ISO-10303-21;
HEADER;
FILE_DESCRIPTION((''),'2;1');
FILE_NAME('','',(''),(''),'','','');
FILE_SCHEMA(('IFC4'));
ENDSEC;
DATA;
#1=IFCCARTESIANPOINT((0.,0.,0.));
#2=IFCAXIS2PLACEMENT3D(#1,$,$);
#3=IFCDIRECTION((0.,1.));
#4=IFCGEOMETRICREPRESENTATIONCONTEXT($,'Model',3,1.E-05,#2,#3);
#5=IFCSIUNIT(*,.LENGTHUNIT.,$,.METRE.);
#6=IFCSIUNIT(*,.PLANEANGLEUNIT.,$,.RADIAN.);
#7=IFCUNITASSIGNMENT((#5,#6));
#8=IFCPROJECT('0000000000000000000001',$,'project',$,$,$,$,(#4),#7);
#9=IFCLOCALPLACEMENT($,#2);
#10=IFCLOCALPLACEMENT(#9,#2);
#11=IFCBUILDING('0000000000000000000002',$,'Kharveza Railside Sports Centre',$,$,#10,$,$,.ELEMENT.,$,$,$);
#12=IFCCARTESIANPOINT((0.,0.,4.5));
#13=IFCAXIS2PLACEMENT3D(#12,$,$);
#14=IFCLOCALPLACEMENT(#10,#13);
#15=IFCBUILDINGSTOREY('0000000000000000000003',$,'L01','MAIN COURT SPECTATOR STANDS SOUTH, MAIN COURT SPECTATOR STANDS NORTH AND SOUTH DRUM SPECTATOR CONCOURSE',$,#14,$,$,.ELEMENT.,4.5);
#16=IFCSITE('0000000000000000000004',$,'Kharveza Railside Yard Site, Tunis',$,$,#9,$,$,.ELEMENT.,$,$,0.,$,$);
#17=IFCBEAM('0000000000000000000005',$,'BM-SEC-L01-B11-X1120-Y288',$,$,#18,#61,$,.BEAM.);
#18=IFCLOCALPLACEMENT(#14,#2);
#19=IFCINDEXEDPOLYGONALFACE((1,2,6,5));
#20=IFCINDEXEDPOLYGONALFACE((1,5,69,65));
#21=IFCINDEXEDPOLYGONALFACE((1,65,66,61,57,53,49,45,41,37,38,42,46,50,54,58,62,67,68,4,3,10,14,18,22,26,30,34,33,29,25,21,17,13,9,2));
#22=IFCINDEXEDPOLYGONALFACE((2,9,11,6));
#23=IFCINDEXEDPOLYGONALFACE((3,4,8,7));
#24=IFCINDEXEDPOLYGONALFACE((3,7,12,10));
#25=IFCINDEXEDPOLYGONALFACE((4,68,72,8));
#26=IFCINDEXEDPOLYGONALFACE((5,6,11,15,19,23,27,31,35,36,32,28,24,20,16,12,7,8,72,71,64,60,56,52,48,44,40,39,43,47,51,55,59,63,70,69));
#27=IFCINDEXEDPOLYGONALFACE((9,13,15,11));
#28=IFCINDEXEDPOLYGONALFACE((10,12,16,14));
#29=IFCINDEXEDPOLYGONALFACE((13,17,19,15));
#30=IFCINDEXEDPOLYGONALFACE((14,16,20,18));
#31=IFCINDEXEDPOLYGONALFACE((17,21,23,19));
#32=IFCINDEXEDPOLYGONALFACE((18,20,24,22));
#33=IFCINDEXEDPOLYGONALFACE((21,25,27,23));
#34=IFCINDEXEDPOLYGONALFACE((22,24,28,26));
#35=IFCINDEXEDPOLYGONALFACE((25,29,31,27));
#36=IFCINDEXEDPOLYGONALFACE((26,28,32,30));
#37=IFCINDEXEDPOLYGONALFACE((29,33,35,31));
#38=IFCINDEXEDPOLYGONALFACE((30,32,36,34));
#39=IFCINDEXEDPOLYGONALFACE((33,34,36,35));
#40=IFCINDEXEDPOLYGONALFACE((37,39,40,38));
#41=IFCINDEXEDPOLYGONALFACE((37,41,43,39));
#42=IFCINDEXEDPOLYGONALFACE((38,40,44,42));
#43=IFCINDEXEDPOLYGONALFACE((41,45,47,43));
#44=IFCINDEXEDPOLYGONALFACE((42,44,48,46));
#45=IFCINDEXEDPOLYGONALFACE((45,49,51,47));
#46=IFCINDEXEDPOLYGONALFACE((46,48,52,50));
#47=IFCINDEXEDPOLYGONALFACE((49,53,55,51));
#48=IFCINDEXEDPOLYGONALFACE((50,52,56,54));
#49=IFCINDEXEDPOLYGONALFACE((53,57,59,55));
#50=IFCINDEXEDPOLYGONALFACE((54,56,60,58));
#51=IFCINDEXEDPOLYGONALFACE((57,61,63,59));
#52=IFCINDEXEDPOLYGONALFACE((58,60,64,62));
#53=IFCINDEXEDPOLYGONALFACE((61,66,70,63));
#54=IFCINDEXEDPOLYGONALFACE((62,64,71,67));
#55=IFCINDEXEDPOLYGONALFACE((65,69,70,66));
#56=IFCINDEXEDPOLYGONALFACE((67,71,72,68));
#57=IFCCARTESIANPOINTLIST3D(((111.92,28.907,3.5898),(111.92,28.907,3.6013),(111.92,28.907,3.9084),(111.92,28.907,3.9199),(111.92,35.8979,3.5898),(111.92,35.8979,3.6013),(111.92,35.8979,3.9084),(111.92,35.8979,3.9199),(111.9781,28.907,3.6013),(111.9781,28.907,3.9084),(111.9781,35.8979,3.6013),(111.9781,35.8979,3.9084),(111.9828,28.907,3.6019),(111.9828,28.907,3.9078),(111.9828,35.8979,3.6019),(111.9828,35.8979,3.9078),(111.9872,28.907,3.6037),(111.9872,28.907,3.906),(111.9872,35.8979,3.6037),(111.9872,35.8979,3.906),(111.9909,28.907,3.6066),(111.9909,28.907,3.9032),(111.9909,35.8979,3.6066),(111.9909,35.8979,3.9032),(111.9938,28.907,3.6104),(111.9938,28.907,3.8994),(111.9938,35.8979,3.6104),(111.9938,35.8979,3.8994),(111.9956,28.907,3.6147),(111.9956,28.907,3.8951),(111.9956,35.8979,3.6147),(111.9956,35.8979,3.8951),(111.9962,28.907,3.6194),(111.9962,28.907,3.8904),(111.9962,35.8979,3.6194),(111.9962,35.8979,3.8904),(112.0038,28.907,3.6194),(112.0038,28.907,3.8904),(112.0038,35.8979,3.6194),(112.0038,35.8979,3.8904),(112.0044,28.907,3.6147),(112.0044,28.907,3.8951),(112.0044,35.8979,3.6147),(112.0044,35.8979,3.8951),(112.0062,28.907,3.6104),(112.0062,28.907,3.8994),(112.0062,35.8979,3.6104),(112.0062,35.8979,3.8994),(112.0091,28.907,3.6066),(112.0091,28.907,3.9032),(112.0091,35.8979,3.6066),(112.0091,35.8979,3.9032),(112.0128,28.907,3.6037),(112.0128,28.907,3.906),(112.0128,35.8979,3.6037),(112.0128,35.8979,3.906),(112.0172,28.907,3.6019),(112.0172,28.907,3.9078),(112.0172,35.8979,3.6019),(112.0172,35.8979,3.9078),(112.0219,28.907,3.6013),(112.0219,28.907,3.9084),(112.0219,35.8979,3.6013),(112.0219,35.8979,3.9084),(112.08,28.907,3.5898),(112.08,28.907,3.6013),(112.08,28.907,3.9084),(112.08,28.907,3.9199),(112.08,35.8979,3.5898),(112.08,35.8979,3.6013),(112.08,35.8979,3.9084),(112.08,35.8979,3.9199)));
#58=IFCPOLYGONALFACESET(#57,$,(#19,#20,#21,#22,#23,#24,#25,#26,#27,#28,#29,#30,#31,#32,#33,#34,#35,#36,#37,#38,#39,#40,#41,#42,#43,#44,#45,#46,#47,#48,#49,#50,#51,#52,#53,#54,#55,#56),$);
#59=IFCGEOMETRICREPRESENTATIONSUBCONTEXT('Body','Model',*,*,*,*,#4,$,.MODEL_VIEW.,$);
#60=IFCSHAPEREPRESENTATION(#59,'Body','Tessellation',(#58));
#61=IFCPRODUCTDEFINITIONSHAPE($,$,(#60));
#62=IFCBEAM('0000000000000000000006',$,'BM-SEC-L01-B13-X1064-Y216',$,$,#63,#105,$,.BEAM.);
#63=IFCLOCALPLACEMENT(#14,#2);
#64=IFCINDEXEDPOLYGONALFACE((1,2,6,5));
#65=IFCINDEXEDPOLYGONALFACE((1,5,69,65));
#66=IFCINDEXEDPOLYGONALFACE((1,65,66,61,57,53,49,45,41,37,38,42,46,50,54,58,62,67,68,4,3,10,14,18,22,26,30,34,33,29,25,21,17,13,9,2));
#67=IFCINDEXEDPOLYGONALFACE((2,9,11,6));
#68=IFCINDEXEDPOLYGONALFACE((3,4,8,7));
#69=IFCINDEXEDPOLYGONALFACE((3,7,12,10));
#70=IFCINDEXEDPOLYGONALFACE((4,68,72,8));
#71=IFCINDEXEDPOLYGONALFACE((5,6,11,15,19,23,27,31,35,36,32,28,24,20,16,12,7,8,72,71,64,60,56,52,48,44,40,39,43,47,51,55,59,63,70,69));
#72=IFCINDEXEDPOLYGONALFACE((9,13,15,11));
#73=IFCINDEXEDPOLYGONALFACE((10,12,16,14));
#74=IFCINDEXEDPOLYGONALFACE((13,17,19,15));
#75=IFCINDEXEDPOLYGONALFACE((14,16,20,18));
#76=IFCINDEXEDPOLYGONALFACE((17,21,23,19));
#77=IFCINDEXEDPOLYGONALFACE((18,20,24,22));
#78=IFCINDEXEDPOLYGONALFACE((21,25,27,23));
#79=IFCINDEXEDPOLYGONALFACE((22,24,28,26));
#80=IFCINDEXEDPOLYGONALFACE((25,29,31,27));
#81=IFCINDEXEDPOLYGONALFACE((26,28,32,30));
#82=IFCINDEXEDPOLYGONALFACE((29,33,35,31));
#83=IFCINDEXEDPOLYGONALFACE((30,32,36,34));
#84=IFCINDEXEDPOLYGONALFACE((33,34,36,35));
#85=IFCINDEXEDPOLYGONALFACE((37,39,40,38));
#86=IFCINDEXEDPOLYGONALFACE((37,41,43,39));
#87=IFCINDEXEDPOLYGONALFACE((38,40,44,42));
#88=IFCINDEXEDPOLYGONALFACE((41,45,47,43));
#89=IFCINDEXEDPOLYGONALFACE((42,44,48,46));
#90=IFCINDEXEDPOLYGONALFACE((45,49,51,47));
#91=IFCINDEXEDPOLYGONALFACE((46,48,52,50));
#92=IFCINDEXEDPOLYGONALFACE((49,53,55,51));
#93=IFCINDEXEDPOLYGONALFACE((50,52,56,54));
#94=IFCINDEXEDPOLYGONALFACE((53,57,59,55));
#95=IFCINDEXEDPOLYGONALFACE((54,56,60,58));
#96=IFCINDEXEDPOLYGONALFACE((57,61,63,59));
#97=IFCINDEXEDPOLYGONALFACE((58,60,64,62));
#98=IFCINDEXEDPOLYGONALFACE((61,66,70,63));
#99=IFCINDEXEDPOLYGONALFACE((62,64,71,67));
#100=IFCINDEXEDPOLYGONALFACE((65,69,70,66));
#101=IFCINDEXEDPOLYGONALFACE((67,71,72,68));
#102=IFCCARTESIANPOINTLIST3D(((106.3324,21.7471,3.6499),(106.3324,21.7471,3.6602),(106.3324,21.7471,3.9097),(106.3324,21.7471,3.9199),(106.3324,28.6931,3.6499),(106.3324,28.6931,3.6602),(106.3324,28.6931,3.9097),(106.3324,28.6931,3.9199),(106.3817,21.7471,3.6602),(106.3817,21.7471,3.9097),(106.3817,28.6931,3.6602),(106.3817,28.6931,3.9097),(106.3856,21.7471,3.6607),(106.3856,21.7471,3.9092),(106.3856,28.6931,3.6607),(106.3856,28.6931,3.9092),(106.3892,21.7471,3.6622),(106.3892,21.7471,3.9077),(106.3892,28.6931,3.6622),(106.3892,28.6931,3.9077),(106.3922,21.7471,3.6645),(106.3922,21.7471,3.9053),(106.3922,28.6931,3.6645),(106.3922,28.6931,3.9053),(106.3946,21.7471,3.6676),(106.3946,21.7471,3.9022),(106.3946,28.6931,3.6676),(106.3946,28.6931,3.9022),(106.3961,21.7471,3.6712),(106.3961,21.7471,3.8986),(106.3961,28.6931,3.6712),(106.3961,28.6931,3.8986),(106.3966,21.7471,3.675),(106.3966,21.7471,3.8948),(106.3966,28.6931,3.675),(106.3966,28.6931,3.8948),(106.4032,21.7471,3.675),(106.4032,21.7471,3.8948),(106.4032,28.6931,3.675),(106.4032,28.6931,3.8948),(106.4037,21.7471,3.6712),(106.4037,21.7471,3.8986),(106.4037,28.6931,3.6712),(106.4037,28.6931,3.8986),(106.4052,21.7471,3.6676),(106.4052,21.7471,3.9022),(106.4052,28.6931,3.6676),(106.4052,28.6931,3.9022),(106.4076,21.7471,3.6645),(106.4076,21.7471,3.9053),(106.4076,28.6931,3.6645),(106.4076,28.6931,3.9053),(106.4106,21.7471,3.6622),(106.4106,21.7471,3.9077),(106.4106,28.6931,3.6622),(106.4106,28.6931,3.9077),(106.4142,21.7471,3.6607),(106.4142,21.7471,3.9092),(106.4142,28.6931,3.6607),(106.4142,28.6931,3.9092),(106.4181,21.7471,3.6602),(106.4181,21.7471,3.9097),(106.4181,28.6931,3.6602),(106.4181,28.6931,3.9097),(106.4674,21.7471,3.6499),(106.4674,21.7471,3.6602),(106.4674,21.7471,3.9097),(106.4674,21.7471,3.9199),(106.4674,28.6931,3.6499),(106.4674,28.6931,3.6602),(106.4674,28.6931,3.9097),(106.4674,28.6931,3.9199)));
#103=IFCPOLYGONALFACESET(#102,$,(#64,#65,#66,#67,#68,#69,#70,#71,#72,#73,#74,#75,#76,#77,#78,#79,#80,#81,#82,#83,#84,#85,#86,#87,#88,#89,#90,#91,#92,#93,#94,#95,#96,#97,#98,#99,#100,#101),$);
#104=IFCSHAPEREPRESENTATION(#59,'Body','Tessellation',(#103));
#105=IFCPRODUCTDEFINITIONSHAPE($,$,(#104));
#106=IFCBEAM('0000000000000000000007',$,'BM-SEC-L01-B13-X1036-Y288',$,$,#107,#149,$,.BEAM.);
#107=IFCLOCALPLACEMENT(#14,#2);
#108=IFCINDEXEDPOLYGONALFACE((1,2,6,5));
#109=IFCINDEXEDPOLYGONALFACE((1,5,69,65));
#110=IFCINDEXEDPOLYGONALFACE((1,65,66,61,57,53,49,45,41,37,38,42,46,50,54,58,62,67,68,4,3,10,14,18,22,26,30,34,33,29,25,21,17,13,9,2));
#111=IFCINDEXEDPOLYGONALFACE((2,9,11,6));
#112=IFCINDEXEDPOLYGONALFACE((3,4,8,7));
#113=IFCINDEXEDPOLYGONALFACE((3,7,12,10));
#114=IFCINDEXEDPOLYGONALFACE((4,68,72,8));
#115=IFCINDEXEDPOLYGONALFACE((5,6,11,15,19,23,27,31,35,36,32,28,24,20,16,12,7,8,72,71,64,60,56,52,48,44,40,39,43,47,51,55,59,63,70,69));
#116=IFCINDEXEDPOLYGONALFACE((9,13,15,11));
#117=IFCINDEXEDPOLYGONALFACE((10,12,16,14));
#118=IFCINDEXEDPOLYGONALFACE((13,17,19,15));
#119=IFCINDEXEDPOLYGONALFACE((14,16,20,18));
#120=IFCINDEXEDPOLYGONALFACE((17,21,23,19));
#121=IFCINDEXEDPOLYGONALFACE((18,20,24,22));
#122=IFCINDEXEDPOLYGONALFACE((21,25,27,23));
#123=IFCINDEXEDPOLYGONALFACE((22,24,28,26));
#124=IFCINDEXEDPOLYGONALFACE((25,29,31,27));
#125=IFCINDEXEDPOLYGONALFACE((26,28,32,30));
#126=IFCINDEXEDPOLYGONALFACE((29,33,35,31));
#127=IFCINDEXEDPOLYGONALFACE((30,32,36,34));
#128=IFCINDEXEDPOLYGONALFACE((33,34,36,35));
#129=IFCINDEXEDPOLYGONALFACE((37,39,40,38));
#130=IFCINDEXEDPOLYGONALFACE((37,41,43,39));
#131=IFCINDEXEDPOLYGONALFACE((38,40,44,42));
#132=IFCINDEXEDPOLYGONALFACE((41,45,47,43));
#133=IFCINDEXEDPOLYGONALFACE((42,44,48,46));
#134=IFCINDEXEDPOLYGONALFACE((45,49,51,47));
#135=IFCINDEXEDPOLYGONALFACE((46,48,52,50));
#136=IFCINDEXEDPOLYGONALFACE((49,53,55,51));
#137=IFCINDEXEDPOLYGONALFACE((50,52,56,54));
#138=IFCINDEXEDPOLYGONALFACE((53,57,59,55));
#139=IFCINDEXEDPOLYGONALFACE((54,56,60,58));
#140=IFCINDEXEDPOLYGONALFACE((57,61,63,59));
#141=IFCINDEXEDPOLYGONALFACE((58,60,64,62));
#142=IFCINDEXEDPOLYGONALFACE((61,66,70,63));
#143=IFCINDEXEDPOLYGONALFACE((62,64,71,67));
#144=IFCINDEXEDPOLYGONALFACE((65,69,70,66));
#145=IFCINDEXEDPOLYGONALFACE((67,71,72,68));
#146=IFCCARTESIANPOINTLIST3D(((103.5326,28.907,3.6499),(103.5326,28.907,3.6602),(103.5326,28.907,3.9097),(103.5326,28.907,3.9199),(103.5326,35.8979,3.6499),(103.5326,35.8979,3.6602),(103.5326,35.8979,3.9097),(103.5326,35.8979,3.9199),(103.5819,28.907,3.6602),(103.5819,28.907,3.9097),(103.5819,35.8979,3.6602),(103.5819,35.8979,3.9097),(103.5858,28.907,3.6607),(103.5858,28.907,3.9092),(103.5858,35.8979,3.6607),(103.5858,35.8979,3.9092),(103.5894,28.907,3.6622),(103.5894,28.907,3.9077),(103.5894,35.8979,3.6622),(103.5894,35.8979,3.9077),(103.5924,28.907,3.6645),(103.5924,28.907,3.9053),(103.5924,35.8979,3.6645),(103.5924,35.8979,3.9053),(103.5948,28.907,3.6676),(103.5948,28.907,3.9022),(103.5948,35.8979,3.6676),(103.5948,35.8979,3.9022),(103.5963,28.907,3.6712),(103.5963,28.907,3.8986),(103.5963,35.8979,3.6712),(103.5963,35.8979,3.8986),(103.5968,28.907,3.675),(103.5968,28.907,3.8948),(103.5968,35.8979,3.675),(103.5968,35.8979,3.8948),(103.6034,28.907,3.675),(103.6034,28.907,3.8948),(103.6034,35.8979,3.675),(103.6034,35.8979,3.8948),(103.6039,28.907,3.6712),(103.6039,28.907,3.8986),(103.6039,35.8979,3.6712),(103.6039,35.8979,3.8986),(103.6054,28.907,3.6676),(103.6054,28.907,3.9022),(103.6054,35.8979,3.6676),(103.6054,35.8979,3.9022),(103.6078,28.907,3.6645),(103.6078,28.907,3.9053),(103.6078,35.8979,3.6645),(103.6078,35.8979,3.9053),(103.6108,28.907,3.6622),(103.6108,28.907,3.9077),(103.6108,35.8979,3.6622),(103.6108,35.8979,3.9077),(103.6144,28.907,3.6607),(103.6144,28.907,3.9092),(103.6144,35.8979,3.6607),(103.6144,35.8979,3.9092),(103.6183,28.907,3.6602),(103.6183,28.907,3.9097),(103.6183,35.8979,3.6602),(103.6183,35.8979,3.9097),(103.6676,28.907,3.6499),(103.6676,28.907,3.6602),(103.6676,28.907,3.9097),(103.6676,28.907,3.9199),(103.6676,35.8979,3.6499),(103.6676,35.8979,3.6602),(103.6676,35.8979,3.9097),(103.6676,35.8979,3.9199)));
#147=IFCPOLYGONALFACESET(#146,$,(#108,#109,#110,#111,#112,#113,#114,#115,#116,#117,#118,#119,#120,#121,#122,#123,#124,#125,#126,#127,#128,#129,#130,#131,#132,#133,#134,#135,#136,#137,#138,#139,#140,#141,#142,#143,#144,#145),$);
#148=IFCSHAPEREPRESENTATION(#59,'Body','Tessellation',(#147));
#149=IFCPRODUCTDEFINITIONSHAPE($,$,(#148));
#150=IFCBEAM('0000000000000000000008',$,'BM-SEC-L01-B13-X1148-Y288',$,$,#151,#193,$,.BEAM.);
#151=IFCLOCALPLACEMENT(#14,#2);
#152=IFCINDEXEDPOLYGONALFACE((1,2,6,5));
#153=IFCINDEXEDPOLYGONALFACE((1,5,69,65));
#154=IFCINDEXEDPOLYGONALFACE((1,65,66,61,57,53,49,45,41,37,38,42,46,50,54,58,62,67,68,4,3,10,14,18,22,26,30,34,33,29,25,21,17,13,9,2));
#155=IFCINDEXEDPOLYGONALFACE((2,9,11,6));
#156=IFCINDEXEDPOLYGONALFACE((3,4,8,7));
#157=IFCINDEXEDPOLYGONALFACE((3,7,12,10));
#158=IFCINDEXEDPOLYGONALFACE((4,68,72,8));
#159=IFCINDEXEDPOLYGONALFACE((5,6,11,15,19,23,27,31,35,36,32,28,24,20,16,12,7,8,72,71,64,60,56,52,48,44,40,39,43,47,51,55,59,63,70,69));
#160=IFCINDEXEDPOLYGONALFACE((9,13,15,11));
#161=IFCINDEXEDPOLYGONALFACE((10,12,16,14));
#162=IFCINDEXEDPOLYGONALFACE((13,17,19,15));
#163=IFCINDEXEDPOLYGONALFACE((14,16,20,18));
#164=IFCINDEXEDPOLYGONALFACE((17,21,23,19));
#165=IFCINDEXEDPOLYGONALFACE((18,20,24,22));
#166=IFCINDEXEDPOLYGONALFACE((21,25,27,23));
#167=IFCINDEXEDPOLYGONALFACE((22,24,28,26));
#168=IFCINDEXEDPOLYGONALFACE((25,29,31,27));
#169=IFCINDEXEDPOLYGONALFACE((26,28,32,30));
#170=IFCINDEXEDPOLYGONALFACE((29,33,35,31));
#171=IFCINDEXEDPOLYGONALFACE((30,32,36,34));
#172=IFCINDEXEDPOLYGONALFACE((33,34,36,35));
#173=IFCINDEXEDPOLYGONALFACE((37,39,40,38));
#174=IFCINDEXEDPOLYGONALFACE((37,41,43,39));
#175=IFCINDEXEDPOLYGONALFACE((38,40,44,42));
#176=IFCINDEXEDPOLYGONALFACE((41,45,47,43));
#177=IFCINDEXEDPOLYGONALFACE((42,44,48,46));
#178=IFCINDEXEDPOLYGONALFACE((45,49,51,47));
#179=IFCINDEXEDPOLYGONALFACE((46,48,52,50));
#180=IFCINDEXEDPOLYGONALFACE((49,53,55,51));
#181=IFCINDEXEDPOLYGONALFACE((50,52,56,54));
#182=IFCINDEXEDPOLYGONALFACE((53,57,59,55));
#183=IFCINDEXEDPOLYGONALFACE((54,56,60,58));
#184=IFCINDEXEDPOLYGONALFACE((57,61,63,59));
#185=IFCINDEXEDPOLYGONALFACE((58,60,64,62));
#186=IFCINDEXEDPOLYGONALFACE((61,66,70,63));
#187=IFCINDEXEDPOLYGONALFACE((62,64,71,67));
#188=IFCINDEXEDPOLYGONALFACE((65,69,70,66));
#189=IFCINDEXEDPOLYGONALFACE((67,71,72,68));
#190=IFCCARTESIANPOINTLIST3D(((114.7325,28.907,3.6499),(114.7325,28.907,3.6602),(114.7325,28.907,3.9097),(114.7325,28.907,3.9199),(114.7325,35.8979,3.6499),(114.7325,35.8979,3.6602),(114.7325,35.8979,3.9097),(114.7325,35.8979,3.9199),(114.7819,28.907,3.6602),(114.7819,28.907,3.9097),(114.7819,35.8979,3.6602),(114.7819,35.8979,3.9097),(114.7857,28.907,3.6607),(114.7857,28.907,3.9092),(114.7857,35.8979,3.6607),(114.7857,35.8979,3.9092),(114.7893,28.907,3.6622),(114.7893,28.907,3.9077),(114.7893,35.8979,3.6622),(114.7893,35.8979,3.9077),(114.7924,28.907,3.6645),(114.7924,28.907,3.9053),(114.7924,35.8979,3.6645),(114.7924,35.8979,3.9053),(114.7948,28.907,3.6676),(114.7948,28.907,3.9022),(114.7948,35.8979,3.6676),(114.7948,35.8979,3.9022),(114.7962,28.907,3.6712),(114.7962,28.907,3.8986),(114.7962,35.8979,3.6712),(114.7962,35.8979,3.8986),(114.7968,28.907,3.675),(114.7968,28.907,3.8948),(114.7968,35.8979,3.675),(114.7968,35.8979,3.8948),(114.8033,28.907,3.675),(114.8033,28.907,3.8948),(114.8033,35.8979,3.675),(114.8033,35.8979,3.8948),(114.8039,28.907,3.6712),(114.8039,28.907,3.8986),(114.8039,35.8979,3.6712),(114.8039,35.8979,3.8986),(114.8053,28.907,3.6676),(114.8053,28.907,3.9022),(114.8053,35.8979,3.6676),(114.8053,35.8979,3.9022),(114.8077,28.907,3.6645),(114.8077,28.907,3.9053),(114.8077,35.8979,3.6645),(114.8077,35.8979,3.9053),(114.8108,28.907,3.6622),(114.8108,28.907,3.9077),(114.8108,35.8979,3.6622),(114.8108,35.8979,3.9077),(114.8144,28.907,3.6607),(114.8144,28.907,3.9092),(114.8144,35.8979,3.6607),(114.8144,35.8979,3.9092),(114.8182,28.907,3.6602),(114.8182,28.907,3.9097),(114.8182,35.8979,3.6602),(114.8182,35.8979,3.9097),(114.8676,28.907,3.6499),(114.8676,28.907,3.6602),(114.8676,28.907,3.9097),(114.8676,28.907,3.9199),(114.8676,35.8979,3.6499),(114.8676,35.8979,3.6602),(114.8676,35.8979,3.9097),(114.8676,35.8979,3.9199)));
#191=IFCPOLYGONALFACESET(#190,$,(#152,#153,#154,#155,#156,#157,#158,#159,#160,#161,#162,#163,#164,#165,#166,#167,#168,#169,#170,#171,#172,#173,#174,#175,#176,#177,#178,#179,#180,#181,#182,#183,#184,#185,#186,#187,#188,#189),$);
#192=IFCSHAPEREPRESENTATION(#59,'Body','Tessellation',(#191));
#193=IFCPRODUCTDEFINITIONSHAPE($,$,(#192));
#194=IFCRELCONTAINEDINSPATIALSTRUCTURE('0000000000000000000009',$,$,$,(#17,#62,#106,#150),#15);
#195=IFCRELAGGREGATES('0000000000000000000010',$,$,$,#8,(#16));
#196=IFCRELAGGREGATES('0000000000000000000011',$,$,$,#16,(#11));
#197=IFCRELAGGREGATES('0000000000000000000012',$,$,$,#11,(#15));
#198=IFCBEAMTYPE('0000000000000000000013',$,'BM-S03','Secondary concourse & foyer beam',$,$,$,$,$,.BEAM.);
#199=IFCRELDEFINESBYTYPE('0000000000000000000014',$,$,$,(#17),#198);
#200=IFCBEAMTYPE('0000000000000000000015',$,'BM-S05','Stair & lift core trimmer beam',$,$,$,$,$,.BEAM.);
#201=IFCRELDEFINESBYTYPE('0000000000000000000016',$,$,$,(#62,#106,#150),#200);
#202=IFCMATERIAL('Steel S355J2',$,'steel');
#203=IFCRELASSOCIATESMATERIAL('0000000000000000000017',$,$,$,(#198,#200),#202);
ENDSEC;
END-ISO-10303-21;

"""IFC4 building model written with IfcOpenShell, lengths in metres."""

from ifc_helpers import new_model, si_unit, direction, frame, origin, origin_2d, place, context, subcontext, project, spatial, i_section, extrude, material, material_profile, profile_set, type_object, element, save


model = new_model("IFC4")

# Units and contexts
model_context = context("Model", 3, precision=1e-05, world=origin(), true_north=direction((0.0, 1.0)))
body_context = subcontext(model_context, "Body", "Model", "MODEL_VIEW")
ifc_project = project(units=[si_unit("LENGTHUNIT", "METRE"), si_unit("PLANEANGLEUNIT", "RADIAN")], contexts=[model_context])

# Site, building, storey
site_placement = place(None, origin())
site = spatial("IfcSite", under=ifc_project, at=site_placement, Name="Kharveza Railside Yard Site, Tunis", CompositionType="ELEMENT", RefElevation=0.0)
building_placement = place(site_placement, origin())
building = spatial("IfcBuilding", under=site, at=building_placement, Name="Kharveza Railside Sports Centre", CompositionType="ELEMENT")
storey_placement = place(building_placement, frame((0.0, 0.0, 4.5)))
storey = spatial("IfcBuildingStorey", under=building, at=storey_placement, Name="L01", Description="MAIN COURT SPECTATOR STANDS SOUTH, MAIN COURT SPECTATOR STANDS NORTH AND SOUTH DRUM SPECTATOR CONCOURSE", CompositionType="ELEMENT", Elevation=4.5)

# Shared definitions
ifc_material_1 = material(Name="Steel S355J2", Category="steel")

# Beams
ifc_material_profile_1 = material_profile(ifc_material_1, i_section(OverallWidth=0.1599, OverallDepth=0.3301, WebThickness=0.0076, FlangeThickness=0.0115, FilletRadius=0.0181, at=origin_2d()), Name="IPE 330")
ifc_profile_set_1 = profile_set([ifc_material_profile_1], Name="Steel S355J2")
beam_type_1 = type_object("IfcBeamType", Name="BM-S03", Description="Secondary concourse & foyer beam", PredefinedType="BEAM", material=ifc_profile_set_1)
beam_1_placement = place(storey_placement, frame((112.0, 28.907, 3.7549), z_axis=(0.0, 1.0, 0.0), x_axis=(-1.0, 0.0, 0.0)))
element("IfcBeam", 1, at=beam_1_placement, inside=storey, type_object=beam_type_1, Name="BM-SEC-L01-B11-X1120-Y288", PredefinedType="BEAM", context=body_context, shape_type="SweptSolid", body=[
    extrude(i_section(OverallWidth=0.1599, OverallDepth=0.3301, WebThickness=0.0076, FlangeThickness=0.0115, FilletRadius=0.0181, at=origin_2d()), origin(), (0.0, 0.0, 1.0), 6.991),
])
ifc_material_profile_2 = material_profile(ifc_material_1, i_section(OverallWidth=0.135, OverallDepth=0.27, WebThickness=0.0066, FlangeThickness=0.0103, FilletRadius=0.0149, at=origin_2d()), Name="IPE 270")
ifc_profile_set_2 = profile_set([ifc_material_profile_2], Name="Steel S355J2")
beam_type_2 = type_object("IfcBeamType", Name="BM-S05", Description="Stair & lift core trimmer beam", PredefinedType="BEAM", material=ifc_profile_set_2)
beam_2_placement = place(storey_placement, frame((106.3999, 21.7471, 3.7849), z_axis=(0.0, 1.0, 0.0), x_axis=(-1.0, 0.0, 0.0)))
element("IfcBeam", 2, at=beam_2_placement, inside=storey, type_object=beam_type_2, Name="BM-SEC-L01-B13-X1064-Y216", PredefinedType="BEAM", context=body_context, shape_type="SweptSolid", body=[
    extrude(i_section(OverallWidth=0.135, OverallDepth=0.27, WebThickness=0.0066, FlangeThickness=0.0103, FilletRadius=0.0149, at=origin_2d()), origin(), (0.0, 0.0, 1.0), 6.946),
])
for number, where, z_axis, x_axis, name in (
    (3, (103.6001, 28.907, 3.7849), (0.0, 1.0, 0.0), (-1.0, 0.0, 0.0), "BM-SEC-L01-B13-X1036-Y288"),
    (4, (114.8, 28.907, 3.7849), (0.0, 1.0, 0.0), (-1.0, 0.0, 0.0), "BM-SEC-L01-B13-X1148-Y288"),
):
    element("IfcBeam", number, at=place(storey_placement, frame(where, z_axis=z_axis, x_axis=x_axis)), inside=storey, type_object=beam_type_2, Name=name, PredefinedType="BEAM", context=body_context, shape_type="SweptSolid", body=[
        extrude(i_section(OverallWidth=0.135, OverallDepth=0.27, WebThickness=0.0066, FlangeThickness=0.0103, FilletRadius=0.0149, at=origin_2d()), origin(), (0.0, 0.0, 1.0), 6.991),
    ])

save(model, "model.ifc")
